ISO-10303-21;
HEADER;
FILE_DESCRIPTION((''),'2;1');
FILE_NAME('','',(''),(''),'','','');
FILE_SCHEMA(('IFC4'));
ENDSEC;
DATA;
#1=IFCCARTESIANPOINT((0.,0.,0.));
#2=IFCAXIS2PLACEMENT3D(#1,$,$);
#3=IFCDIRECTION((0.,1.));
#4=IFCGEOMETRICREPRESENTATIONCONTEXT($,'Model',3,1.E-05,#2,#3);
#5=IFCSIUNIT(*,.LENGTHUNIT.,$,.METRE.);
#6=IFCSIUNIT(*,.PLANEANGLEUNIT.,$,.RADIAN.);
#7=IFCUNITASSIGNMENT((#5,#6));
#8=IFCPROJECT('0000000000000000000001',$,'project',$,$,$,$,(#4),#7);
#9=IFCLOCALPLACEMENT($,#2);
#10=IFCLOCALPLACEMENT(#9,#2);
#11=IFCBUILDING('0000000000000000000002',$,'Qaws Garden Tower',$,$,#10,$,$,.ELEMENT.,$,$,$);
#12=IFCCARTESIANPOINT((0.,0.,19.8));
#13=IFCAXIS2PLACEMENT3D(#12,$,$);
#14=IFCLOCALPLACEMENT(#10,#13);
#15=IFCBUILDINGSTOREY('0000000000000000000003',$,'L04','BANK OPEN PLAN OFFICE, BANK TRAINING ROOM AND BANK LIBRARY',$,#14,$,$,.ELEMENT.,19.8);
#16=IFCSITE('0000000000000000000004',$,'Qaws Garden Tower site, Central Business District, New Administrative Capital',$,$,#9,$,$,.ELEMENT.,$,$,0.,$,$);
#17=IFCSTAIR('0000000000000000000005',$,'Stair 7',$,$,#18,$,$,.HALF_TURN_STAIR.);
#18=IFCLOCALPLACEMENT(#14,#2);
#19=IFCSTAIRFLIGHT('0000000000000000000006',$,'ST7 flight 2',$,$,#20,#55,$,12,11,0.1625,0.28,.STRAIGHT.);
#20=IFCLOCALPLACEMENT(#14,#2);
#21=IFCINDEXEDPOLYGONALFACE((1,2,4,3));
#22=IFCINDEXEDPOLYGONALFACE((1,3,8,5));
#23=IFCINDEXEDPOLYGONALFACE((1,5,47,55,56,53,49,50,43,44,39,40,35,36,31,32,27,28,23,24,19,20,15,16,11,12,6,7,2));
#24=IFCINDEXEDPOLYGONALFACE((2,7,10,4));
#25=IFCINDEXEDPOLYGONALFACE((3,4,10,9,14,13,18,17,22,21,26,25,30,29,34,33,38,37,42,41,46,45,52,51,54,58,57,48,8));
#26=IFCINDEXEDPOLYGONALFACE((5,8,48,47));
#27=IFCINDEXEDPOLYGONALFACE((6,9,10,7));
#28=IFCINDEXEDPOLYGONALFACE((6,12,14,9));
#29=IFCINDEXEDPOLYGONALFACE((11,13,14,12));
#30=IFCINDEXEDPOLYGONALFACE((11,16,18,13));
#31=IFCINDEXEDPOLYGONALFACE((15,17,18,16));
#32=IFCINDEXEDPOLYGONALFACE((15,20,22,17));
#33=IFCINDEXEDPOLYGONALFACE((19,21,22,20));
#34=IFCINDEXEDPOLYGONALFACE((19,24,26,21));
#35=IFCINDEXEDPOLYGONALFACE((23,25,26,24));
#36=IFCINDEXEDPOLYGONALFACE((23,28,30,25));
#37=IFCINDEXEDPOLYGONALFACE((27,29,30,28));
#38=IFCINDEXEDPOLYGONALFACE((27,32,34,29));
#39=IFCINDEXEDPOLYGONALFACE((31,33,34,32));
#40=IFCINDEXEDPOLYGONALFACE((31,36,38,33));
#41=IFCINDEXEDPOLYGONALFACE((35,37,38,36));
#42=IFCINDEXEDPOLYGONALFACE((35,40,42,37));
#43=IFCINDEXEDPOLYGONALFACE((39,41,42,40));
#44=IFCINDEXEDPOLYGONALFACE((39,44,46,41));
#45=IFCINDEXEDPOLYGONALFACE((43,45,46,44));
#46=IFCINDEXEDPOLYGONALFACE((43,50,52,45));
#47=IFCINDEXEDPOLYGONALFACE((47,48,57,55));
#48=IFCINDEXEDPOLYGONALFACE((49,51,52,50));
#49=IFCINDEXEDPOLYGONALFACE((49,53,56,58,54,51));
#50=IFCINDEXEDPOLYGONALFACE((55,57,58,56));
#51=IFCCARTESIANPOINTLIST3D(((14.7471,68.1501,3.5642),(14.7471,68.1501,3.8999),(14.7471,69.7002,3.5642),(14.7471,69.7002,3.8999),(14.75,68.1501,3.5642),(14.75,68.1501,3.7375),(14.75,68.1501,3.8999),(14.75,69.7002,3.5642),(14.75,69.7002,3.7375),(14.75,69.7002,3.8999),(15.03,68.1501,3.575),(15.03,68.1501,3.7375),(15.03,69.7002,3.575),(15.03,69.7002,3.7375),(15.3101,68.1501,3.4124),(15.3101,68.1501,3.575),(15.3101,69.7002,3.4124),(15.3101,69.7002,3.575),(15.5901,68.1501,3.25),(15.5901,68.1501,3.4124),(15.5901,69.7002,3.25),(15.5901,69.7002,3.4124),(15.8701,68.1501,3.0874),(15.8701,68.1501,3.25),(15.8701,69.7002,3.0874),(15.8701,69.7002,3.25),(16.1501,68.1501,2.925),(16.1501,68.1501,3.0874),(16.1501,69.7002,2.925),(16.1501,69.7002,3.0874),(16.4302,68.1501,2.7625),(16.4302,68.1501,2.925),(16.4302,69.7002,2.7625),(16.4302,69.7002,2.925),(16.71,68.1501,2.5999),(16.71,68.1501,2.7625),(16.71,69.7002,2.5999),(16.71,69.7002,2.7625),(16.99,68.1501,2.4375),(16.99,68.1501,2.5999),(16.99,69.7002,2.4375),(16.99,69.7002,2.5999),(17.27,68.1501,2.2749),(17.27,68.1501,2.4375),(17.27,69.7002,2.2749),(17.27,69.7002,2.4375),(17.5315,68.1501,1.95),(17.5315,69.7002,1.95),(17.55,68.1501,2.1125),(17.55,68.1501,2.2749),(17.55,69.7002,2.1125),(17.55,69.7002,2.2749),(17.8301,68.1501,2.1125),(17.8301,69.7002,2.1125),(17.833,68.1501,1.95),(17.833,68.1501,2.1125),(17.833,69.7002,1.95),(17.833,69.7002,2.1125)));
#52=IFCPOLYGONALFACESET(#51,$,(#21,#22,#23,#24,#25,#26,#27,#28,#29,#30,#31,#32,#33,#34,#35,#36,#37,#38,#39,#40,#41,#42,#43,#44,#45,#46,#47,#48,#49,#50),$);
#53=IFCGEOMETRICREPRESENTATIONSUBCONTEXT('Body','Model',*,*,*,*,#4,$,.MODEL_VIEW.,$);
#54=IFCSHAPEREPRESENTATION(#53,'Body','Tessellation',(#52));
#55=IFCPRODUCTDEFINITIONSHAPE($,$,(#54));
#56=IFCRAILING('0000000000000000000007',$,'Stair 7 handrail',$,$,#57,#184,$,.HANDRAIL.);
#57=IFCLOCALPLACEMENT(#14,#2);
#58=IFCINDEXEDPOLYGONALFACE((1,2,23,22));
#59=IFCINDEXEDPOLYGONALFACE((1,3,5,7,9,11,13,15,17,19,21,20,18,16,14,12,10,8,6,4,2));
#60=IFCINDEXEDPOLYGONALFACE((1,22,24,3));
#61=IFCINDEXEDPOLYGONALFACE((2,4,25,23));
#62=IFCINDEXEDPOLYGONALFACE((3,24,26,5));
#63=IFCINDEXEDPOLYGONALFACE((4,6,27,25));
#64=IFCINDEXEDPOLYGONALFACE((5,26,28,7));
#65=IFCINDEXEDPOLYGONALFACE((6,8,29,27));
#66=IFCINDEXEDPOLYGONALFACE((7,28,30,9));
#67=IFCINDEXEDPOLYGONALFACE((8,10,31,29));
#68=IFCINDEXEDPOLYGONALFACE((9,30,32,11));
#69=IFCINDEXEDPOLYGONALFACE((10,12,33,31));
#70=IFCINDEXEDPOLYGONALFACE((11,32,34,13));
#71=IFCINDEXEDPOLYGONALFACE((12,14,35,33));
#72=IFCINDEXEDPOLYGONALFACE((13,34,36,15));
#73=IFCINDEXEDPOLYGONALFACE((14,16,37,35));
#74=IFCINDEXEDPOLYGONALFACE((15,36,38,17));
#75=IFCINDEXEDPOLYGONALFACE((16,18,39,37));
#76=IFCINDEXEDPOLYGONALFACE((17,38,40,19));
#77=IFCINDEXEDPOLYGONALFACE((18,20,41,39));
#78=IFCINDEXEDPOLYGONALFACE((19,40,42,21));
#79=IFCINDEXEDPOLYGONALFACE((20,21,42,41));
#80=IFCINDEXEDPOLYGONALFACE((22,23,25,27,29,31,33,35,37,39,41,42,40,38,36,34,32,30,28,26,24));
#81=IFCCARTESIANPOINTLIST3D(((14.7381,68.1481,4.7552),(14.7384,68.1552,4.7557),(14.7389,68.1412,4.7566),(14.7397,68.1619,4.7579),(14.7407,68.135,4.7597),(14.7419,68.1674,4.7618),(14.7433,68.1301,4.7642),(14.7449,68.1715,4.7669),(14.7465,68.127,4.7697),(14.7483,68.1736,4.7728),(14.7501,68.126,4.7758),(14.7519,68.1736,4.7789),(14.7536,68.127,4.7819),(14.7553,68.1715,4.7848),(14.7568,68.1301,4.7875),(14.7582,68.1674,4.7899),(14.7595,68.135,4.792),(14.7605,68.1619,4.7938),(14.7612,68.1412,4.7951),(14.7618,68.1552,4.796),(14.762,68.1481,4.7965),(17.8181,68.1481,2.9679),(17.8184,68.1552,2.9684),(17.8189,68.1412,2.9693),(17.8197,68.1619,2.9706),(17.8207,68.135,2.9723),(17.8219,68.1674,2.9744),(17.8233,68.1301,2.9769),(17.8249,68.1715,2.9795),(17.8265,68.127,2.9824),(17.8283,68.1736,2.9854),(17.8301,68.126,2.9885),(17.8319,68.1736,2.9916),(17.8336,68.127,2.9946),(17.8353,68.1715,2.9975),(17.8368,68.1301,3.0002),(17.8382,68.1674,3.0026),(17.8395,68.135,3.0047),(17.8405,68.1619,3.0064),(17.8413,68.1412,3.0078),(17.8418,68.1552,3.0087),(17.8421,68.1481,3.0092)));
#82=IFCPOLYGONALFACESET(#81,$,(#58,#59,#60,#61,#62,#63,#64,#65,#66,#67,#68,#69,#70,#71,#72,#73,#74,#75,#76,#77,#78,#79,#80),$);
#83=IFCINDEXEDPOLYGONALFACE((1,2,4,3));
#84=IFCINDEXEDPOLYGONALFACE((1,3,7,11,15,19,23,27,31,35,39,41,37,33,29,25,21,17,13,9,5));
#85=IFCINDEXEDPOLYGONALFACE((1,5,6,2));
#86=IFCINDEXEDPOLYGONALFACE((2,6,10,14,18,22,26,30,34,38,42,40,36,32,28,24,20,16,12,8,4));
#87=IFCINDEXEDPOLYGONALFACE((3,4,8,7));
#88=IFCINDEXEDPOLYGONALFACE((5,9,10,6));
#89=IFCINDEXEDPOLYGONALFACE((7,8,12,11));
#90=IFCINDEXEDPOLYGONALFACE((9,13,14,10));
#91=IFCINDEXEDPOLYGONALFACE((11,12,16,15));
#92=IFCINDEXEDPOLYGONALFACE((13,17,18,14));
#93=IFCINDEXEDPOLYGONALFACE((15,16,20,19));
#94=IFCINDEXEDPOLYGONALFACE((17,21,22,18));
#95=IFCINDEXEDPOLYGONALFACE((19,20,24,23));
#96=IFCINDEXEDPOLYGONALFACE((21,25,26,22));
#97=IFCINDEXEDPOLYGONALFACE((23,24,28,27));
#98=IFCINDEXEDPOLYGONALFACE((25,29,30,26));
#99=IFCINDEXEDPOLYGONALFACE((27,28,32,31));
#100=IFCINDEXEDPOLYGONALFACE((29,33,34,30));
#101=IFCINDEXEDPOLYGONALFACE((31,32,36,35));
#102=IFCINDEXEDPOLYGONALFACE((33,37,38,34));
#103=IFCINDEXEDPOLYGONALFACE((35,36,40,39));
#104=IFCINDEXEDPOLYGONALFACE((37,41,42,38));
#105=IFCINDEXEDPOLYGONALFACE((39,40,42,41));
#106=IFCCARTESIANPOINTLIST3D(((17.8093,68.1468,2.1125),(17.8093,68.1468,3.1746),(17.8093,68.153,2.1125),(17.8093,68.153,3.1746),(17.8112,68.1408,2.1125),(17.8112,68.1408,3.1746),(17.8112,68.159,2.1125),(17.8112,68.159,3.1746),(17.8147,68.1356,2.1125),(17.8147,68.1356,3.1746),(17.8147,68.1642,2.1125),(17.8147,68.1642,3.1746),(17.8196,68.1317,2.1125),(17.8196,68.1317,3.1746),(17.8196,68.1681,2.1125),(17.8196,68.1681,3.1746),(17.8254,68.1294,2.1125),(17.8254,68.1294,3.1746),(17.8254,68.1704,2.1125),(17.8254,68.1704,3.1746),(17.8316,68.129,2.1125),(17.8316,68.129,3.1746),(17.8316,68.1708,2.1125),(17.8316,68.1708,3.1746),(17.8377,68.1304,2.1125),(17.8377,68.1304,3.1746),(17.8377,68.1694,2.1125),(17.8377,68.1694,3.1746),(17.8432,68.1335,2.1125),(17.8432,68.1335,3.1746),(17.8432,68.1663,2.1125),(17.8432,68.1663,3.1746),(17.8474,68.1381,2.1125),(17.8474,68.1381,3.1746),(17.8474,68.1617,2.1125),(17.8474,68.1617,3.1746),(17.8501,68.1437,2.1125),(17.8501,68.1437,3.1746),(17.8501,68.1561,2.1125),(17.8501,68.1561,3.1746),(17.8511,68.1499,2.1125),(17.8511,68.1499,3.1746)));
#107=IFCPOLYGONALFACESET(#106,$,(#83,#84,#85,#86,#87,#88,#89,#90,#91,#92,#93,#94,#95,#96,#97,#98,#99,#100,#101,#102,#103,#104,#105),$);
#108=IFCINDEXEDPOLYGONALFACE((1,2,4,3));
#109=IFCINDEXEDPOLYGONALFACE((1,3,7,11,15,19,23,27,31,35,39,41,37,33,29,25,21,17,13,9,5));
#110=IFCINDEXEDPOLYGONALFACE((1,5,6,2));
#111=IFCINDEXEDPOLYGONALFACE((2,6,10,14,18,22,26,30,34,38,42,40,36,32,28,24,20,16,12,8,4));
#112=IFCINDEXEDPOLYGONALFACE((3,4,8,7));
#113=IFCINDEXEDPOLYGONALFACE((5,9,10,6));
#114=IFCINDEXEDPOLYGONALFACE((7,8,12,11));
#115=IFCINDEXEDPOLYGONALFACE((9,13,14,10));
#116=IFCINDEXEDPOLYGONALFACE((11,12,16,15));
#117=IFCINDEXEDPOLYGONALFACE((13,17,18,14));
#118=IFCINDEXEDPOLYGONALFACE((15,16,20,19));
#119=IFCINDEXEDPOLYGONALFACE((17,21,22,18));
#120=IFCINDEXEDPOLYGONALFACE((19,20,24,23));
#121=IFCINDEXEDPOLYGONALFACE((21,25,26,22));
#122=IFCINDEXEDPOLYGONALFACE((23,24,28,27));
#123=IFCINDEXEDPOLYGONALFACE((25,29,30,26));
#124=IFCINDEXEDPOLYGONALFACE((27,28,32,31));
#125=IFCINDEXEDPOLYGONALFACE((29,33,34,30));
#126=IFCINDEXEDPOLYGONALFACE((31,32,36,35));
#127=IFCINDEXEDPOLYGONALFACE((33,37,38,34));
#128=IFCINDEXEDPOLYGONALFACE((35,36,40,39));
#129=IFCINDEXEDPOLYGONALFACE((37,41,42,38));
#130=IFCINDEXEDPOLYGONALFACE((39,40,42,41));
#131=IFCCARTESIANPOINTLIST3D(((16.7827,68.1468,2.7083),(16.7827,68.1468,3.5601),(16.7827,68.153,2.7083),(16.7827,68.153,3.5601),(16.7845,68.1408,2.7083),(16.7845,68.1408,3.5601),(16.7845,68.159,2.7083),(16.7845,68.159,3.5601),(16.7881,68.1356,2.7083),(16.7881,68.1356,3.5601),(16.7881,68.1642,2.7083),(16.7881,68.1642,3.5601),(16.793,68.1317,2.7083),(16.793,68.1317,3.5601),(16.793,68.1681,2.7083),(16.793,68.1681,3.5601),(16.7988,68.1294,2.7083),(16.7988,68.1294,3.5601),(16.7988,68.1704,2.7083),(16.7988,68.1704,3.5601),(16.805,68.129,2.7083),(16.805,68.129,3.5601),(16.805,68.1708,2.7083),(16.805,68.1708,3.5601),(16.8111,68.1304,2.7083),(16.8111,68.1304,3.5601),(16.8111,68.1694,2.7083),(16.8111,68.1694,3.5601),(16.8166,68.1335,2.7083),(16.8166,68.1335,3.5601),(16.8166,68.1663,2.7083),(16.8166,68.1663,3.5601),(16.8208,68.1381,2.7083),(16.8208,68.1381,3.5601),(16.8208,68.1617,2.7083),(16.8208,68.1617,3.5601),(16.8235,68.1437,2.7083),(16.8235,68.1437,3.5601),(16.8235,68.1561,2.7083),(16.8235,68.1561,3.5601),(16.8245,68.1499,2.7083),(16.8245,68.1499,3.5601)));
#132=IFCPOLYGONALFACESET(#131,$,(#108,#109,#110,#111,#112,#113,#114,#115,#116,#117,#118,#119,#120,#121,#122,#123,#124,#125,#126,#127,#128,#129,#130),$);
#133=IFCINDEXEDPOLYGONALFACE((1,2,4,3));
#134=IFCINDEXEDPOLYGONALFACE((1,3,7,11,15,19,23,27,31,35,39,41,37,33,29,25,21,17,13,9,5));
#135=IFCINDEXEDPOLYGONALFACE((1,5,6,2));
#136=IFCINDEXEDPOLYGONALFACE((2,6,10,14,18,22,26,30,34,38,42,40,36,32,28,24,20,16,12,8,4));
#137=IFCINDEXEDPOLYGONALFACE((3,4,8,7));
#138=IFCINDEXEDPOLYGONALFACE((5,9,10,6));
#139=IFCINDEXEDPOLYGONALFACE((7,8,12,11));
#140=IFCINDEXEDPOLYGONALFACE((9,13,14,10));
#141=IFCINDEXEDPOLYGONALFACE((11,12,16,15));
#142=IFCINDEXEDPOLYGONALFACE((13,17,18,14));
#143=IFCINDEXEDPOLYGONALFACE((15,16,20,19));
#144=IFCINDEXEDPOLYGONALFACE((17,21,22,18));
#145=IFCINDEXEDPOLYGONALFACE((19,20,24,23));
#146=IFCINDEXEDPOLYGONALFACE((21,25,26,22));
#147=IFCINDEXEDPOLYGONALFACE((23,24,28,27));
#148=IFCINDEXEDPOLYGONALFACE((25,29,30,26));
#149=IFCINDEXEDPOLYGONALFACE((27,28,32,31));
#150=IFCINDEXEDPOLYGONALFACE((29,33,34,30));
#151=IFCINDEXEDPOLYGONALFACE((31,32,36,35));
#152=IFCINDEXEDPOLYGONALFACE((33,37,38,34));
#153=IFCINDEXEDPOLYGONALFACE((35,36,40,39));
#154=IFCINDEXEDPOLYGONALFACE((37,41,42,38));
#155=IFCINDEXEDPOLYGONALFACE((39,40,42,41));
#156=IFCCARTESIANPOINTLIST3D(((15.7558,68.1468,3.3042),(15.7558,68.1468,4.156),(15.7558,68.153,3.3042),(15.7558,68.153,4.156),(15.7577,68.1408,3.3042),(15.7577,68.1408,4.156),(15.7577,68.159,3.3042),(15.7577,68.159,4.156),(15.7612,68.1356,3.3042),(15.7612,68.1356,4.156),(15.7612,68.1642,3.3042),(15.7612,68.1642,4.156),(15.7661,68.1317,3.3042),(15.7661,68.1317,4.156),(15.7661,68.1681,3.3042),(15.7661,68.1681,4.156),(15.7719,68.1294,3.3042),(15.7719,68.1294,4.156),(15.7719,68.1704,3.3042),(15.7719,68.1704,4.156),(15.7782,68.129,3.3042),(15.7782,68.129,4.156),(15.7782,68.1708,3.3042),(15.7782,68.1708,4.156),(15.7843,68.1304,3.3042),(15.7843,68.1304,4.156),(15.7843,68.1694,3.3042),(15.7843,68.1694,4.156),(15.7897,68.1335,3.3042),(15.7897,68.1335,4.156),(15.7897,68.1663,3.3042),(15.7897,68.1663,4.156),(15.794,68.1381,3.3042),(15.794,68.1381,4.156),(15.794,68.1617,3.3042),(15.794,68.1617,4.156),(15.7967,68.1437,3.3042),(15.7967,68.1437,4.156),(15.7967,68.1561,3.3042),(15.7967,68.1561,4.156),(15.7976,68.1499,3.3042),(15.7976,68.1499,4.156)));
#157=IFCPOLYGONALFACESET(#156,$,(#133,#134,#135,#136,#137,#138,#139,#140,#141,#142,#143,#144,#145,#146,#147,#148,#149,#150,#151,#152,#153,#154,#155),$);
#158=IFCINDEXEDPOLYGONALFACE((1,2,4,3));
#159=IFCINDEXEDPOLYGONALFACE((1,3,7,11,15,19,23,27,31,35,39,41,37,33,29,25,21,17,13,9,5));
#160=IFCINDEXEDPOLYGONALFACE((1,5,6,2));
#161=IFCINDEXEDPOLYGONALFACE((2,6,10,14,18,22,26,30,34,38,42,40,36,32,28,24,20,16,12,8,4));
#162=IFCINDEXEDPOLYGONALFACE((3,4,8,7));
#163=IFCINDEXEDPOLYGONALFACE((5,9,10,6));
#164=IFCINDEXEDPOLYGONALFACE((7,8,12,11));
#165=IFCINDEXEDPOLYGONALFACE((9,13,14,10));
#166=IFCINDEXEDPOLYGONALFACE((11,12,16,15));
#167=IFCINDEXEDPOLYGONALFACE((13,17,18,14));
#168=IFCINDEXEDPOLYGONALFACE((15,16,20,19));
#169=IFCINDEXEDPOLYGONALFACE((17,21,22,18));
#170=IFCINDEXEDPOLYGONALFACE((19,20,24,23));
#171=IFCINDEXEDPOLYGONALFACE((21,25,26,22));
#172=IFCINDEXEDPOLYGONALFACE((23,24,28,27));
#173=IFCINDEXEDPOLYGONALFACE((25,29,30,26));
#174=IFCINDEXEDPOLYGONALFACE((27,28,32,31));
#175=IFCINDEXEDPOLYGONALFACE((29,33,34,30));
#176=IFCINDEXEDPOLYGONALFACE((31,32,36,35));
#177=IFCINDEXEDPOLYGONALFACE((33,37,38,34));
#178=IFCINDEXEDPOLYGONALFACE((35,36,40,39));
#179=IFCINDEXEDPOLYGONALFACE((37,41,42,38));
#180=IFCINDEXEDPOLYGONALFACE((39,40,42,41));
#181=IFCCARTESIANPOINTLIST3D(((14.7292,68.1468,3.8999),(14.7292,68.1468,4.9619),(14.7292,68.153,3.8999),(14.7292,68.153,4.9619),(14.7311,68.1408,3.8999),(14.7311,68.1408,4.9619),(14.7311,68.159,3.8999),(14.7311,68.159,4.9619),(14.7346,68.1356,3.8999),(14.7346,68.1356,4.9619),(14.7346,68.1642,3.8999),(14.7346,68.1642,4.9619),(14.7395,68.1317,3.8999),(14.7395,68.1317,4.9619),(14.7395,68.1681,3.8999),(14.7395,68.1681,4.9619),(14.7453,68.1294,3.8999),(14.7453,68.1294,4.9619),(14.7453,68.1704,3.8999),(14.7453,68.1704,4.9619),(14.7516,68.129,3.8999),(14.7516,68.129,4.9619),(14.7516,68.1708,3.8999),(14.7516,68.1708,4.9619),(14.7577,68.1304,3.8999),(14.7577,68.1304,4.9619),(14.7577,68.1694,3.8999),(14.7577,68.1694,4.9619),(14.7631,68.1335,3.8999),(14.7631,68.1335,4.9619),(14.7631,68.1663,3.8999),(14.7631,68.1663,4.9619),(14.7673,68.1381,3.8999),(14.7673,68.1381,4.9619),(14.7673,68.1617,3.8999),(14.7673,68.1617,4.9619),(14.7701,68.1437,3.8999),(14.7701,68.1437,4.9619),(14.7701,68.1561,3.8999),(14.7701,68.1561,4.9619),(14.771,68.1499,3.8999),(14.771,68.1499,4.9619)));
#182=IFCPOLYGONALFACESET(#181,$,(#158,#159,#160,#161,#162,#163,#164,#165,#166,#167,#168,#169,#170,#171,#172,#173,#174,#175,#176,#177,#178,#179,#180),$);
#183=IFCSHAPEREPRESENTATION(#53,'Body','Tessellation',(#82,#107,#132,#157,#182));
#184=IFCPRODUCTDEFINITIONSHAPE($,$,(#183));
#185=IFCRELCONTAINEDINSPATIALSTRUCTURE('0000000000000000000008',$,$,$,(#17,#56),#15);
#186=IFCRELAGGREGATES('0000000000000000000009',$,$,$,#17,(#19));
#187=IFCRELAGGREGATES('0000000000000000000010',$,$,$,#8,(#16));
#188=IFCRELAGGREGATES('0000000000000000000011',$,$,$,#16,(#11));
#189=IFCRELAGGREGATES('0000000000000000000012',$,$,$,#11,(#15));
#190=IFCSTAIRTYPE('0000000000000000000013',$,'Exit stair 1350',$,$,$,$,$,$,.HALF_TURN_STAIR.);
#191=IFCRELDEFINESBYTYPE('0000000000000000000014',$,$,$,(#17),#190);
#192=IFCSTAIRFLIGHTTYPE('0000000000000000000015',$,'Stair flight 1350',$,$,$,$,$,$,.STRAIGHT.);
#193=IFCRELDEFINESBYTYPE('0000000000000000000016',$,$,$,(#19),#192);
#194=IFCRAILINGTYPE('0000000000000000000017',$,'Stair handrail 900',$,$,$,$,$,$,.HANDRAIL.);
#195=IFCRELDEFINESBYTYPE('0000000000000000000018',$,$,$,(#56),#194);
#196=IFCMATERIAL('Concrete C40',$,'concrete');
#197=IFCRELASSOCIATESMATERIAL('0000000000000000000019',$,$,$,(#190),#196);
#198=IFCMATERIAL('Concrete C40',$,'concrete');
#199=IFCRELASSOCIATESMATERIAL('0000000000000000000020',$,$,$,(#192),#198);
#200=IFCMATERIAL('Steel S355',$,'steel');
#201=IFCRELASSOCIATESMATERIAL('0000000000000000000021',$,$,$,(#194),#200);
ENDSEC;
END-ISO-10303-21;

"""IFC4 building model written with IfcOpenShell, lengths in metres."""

from ifc_helpers import new_model, si_unit, direction, frame, origin, origin_2d, place, context, subcontext, project, spatial, polyline, circle, outline, extrude, material, type_object, element, aggregate, save


model = new_model("IFC4")

# Units and contexts
model_context = context("Model", 3, precision=1e-05, world=origin(), true_north=direction((0.0, 1.0)))
body_context = subcontext(model_context, "Body", "Model", "MODEL_VIEW")
ifc_project = project(units=[si_unit("LENGTHUNIT", "METRE"), si_unit("PLANEANGLEUNIT", "RADIAN")], contexts=[model_context])

# Site, building, storey
site_placement = place(None, origin())
site = spatial("IfcSite", under=ifc_project, at=site_placement, Name="Qaws Garden Tower site, Central Business District, New Administrative Capital", CompositionType="ELEMENT", RefElevation=0.0)
building_placement = place(site_placement, origin())
building = spatial("IfcBuilding", under=site, at=building_placement, Name="Qaws Garden Tower", CompositionType="ELEMENT")
storey_placement = place(building_placement, frame((0.0, 0.0, 19.8)))
storey = spatial("IfcBuildingStorey", under=building, at=storey_placement, Name="L04", Description="BANK OPEN PLAN OFFICE, BANK TRAINING ROOM AND BANK LIBRARY", CompositionType="ELEMENT", Elevation=19.8)

# Stair, stair flight
ifc_material_1 = material(Name="Concrete C40", Category="concrete")
stair_type = type_object("IfcStairType", Name="Exit stair 1350", PredefinedType="HALF_TURN_STAIR", material=ifc_material_1)
stair_placement = place(storey_placement, origin())
stair = element("IfcStair", 1, at=stair_placement, inside=storey, type_object=stair_type, Name="Stair 7", PredefinedType="HALF_TURN_STAIR")
ifc_material_2 = material(Name="Concrete C40", Category="concrete")
stair_flight_type = type_object("IfcStairFlightType", Name="Stair flight 1350", PredefinedType="STRAIGHT", material=ifc_material_2)
stair_flight_placement = place(storey_placement, frame((17.8301, 68.925, 1.95), z_axis=(0.0, 0.0, 1.0), x_axis=(-1.0, 0.0, 0.0)))
stair_flight = element("IfcStairFlight", 2, at=stair_flight_placement, type_object=stair_flight_type, Name="ST7 flight 2", NumberOfRisers=12, NumberOfTreads=11, PredefinedType="STRAIGHT", RiserHeight=0.1625, TreadLength=0.28, context=body_context, shape_type="SweptSolid", body=[
    extrude(outline(polyline([(-0.0029, 0.0), (-0.0029, 0.1626), (0.0, 0.1626), (0.28, 0.1626), (0.28, 0.325), (0.5601, 0.325), (0.5601, 0.4875), (0.8401, 0.4875), (0.8401, 0.6499), (1.1201, 0.6499), (1.1201, 0.8125), (1.3999, 0.8125), (1.3999, 0.9751), (1.6799, 0.9751), (1.6799, 1.1375), (1.96, 1.1375), (1.96, 1.3), (2.24, 1.3), (2.24, 1.4624), (2.52, 1.4624), (2.52, 1.625), (2.8, 1.625), (2.8, 1.7876), (3.0801, 1.7876), (3.0801, 1.95), (3.083, 1.95), (3.083, 1.6143), (3.0801, 1.6143), (0.2986, 0.0), (-0.0029, 0.0)])), frame((0.0, 0.7749, 0.0), z_axis=(0.0, -1.0, 0.0), x_axis=(1.0, 0.0, 0.0)), (0.0, 0.0, 1.0), 1.55),
])
aggregate(stair, [stair_flight])

# Railing
ifc_material_3 = material(Name="Steel S355", Category="steel")
railing_type = type_object("IfcRailingType", Name="Stair handrail 900", PredefinedType="HANDRAIL", material=ifc_material_3)
railing_placement = place(storey_placement, frame((17.8301, 68.1499, 2.1125)))
element("IfcRailing", 3, at=railing_placement, inside=storey, type_object=railing_type, Name="Stair 7 handrail", PredefinedType="HANDRAIL", context=body_context, shape_type="SweptSolid", body=[
    extrude(circle(Radius=0.0239, at=origin_2d()), frame((0.0, 0.0, 0.876), z_axis=(-0.86492, 0.0, 0.501909), x_axis=(0.0, -1.0, 0.0)), (0.0, 0.0, 1.0), 3.561),
    extrude(circle(Radius=0.021, at=origin_2d()), origin(), (0.0, 0.0, 1.0), 1.062),
    extrude(circle(Radius=0.021, at=origin_2d()), frame((-1.0266, 0.0, 0.5957)), (0.0, 0.0, 1.0), 0.8518),
    extrude(circle(Radius=0.021, at=origin_2d()), frame((-2.0535, 0.0, 1.1917)), (0.0, 0.0, 1.0), 0.8518),
    extrude(circle(Radius=0.021, at=origin_2d()), frame((-3.0801, 0.0, 1.7874)), (0.0, 0.0, 1.0), 1.062),
])

save(model, "model.ifc")
